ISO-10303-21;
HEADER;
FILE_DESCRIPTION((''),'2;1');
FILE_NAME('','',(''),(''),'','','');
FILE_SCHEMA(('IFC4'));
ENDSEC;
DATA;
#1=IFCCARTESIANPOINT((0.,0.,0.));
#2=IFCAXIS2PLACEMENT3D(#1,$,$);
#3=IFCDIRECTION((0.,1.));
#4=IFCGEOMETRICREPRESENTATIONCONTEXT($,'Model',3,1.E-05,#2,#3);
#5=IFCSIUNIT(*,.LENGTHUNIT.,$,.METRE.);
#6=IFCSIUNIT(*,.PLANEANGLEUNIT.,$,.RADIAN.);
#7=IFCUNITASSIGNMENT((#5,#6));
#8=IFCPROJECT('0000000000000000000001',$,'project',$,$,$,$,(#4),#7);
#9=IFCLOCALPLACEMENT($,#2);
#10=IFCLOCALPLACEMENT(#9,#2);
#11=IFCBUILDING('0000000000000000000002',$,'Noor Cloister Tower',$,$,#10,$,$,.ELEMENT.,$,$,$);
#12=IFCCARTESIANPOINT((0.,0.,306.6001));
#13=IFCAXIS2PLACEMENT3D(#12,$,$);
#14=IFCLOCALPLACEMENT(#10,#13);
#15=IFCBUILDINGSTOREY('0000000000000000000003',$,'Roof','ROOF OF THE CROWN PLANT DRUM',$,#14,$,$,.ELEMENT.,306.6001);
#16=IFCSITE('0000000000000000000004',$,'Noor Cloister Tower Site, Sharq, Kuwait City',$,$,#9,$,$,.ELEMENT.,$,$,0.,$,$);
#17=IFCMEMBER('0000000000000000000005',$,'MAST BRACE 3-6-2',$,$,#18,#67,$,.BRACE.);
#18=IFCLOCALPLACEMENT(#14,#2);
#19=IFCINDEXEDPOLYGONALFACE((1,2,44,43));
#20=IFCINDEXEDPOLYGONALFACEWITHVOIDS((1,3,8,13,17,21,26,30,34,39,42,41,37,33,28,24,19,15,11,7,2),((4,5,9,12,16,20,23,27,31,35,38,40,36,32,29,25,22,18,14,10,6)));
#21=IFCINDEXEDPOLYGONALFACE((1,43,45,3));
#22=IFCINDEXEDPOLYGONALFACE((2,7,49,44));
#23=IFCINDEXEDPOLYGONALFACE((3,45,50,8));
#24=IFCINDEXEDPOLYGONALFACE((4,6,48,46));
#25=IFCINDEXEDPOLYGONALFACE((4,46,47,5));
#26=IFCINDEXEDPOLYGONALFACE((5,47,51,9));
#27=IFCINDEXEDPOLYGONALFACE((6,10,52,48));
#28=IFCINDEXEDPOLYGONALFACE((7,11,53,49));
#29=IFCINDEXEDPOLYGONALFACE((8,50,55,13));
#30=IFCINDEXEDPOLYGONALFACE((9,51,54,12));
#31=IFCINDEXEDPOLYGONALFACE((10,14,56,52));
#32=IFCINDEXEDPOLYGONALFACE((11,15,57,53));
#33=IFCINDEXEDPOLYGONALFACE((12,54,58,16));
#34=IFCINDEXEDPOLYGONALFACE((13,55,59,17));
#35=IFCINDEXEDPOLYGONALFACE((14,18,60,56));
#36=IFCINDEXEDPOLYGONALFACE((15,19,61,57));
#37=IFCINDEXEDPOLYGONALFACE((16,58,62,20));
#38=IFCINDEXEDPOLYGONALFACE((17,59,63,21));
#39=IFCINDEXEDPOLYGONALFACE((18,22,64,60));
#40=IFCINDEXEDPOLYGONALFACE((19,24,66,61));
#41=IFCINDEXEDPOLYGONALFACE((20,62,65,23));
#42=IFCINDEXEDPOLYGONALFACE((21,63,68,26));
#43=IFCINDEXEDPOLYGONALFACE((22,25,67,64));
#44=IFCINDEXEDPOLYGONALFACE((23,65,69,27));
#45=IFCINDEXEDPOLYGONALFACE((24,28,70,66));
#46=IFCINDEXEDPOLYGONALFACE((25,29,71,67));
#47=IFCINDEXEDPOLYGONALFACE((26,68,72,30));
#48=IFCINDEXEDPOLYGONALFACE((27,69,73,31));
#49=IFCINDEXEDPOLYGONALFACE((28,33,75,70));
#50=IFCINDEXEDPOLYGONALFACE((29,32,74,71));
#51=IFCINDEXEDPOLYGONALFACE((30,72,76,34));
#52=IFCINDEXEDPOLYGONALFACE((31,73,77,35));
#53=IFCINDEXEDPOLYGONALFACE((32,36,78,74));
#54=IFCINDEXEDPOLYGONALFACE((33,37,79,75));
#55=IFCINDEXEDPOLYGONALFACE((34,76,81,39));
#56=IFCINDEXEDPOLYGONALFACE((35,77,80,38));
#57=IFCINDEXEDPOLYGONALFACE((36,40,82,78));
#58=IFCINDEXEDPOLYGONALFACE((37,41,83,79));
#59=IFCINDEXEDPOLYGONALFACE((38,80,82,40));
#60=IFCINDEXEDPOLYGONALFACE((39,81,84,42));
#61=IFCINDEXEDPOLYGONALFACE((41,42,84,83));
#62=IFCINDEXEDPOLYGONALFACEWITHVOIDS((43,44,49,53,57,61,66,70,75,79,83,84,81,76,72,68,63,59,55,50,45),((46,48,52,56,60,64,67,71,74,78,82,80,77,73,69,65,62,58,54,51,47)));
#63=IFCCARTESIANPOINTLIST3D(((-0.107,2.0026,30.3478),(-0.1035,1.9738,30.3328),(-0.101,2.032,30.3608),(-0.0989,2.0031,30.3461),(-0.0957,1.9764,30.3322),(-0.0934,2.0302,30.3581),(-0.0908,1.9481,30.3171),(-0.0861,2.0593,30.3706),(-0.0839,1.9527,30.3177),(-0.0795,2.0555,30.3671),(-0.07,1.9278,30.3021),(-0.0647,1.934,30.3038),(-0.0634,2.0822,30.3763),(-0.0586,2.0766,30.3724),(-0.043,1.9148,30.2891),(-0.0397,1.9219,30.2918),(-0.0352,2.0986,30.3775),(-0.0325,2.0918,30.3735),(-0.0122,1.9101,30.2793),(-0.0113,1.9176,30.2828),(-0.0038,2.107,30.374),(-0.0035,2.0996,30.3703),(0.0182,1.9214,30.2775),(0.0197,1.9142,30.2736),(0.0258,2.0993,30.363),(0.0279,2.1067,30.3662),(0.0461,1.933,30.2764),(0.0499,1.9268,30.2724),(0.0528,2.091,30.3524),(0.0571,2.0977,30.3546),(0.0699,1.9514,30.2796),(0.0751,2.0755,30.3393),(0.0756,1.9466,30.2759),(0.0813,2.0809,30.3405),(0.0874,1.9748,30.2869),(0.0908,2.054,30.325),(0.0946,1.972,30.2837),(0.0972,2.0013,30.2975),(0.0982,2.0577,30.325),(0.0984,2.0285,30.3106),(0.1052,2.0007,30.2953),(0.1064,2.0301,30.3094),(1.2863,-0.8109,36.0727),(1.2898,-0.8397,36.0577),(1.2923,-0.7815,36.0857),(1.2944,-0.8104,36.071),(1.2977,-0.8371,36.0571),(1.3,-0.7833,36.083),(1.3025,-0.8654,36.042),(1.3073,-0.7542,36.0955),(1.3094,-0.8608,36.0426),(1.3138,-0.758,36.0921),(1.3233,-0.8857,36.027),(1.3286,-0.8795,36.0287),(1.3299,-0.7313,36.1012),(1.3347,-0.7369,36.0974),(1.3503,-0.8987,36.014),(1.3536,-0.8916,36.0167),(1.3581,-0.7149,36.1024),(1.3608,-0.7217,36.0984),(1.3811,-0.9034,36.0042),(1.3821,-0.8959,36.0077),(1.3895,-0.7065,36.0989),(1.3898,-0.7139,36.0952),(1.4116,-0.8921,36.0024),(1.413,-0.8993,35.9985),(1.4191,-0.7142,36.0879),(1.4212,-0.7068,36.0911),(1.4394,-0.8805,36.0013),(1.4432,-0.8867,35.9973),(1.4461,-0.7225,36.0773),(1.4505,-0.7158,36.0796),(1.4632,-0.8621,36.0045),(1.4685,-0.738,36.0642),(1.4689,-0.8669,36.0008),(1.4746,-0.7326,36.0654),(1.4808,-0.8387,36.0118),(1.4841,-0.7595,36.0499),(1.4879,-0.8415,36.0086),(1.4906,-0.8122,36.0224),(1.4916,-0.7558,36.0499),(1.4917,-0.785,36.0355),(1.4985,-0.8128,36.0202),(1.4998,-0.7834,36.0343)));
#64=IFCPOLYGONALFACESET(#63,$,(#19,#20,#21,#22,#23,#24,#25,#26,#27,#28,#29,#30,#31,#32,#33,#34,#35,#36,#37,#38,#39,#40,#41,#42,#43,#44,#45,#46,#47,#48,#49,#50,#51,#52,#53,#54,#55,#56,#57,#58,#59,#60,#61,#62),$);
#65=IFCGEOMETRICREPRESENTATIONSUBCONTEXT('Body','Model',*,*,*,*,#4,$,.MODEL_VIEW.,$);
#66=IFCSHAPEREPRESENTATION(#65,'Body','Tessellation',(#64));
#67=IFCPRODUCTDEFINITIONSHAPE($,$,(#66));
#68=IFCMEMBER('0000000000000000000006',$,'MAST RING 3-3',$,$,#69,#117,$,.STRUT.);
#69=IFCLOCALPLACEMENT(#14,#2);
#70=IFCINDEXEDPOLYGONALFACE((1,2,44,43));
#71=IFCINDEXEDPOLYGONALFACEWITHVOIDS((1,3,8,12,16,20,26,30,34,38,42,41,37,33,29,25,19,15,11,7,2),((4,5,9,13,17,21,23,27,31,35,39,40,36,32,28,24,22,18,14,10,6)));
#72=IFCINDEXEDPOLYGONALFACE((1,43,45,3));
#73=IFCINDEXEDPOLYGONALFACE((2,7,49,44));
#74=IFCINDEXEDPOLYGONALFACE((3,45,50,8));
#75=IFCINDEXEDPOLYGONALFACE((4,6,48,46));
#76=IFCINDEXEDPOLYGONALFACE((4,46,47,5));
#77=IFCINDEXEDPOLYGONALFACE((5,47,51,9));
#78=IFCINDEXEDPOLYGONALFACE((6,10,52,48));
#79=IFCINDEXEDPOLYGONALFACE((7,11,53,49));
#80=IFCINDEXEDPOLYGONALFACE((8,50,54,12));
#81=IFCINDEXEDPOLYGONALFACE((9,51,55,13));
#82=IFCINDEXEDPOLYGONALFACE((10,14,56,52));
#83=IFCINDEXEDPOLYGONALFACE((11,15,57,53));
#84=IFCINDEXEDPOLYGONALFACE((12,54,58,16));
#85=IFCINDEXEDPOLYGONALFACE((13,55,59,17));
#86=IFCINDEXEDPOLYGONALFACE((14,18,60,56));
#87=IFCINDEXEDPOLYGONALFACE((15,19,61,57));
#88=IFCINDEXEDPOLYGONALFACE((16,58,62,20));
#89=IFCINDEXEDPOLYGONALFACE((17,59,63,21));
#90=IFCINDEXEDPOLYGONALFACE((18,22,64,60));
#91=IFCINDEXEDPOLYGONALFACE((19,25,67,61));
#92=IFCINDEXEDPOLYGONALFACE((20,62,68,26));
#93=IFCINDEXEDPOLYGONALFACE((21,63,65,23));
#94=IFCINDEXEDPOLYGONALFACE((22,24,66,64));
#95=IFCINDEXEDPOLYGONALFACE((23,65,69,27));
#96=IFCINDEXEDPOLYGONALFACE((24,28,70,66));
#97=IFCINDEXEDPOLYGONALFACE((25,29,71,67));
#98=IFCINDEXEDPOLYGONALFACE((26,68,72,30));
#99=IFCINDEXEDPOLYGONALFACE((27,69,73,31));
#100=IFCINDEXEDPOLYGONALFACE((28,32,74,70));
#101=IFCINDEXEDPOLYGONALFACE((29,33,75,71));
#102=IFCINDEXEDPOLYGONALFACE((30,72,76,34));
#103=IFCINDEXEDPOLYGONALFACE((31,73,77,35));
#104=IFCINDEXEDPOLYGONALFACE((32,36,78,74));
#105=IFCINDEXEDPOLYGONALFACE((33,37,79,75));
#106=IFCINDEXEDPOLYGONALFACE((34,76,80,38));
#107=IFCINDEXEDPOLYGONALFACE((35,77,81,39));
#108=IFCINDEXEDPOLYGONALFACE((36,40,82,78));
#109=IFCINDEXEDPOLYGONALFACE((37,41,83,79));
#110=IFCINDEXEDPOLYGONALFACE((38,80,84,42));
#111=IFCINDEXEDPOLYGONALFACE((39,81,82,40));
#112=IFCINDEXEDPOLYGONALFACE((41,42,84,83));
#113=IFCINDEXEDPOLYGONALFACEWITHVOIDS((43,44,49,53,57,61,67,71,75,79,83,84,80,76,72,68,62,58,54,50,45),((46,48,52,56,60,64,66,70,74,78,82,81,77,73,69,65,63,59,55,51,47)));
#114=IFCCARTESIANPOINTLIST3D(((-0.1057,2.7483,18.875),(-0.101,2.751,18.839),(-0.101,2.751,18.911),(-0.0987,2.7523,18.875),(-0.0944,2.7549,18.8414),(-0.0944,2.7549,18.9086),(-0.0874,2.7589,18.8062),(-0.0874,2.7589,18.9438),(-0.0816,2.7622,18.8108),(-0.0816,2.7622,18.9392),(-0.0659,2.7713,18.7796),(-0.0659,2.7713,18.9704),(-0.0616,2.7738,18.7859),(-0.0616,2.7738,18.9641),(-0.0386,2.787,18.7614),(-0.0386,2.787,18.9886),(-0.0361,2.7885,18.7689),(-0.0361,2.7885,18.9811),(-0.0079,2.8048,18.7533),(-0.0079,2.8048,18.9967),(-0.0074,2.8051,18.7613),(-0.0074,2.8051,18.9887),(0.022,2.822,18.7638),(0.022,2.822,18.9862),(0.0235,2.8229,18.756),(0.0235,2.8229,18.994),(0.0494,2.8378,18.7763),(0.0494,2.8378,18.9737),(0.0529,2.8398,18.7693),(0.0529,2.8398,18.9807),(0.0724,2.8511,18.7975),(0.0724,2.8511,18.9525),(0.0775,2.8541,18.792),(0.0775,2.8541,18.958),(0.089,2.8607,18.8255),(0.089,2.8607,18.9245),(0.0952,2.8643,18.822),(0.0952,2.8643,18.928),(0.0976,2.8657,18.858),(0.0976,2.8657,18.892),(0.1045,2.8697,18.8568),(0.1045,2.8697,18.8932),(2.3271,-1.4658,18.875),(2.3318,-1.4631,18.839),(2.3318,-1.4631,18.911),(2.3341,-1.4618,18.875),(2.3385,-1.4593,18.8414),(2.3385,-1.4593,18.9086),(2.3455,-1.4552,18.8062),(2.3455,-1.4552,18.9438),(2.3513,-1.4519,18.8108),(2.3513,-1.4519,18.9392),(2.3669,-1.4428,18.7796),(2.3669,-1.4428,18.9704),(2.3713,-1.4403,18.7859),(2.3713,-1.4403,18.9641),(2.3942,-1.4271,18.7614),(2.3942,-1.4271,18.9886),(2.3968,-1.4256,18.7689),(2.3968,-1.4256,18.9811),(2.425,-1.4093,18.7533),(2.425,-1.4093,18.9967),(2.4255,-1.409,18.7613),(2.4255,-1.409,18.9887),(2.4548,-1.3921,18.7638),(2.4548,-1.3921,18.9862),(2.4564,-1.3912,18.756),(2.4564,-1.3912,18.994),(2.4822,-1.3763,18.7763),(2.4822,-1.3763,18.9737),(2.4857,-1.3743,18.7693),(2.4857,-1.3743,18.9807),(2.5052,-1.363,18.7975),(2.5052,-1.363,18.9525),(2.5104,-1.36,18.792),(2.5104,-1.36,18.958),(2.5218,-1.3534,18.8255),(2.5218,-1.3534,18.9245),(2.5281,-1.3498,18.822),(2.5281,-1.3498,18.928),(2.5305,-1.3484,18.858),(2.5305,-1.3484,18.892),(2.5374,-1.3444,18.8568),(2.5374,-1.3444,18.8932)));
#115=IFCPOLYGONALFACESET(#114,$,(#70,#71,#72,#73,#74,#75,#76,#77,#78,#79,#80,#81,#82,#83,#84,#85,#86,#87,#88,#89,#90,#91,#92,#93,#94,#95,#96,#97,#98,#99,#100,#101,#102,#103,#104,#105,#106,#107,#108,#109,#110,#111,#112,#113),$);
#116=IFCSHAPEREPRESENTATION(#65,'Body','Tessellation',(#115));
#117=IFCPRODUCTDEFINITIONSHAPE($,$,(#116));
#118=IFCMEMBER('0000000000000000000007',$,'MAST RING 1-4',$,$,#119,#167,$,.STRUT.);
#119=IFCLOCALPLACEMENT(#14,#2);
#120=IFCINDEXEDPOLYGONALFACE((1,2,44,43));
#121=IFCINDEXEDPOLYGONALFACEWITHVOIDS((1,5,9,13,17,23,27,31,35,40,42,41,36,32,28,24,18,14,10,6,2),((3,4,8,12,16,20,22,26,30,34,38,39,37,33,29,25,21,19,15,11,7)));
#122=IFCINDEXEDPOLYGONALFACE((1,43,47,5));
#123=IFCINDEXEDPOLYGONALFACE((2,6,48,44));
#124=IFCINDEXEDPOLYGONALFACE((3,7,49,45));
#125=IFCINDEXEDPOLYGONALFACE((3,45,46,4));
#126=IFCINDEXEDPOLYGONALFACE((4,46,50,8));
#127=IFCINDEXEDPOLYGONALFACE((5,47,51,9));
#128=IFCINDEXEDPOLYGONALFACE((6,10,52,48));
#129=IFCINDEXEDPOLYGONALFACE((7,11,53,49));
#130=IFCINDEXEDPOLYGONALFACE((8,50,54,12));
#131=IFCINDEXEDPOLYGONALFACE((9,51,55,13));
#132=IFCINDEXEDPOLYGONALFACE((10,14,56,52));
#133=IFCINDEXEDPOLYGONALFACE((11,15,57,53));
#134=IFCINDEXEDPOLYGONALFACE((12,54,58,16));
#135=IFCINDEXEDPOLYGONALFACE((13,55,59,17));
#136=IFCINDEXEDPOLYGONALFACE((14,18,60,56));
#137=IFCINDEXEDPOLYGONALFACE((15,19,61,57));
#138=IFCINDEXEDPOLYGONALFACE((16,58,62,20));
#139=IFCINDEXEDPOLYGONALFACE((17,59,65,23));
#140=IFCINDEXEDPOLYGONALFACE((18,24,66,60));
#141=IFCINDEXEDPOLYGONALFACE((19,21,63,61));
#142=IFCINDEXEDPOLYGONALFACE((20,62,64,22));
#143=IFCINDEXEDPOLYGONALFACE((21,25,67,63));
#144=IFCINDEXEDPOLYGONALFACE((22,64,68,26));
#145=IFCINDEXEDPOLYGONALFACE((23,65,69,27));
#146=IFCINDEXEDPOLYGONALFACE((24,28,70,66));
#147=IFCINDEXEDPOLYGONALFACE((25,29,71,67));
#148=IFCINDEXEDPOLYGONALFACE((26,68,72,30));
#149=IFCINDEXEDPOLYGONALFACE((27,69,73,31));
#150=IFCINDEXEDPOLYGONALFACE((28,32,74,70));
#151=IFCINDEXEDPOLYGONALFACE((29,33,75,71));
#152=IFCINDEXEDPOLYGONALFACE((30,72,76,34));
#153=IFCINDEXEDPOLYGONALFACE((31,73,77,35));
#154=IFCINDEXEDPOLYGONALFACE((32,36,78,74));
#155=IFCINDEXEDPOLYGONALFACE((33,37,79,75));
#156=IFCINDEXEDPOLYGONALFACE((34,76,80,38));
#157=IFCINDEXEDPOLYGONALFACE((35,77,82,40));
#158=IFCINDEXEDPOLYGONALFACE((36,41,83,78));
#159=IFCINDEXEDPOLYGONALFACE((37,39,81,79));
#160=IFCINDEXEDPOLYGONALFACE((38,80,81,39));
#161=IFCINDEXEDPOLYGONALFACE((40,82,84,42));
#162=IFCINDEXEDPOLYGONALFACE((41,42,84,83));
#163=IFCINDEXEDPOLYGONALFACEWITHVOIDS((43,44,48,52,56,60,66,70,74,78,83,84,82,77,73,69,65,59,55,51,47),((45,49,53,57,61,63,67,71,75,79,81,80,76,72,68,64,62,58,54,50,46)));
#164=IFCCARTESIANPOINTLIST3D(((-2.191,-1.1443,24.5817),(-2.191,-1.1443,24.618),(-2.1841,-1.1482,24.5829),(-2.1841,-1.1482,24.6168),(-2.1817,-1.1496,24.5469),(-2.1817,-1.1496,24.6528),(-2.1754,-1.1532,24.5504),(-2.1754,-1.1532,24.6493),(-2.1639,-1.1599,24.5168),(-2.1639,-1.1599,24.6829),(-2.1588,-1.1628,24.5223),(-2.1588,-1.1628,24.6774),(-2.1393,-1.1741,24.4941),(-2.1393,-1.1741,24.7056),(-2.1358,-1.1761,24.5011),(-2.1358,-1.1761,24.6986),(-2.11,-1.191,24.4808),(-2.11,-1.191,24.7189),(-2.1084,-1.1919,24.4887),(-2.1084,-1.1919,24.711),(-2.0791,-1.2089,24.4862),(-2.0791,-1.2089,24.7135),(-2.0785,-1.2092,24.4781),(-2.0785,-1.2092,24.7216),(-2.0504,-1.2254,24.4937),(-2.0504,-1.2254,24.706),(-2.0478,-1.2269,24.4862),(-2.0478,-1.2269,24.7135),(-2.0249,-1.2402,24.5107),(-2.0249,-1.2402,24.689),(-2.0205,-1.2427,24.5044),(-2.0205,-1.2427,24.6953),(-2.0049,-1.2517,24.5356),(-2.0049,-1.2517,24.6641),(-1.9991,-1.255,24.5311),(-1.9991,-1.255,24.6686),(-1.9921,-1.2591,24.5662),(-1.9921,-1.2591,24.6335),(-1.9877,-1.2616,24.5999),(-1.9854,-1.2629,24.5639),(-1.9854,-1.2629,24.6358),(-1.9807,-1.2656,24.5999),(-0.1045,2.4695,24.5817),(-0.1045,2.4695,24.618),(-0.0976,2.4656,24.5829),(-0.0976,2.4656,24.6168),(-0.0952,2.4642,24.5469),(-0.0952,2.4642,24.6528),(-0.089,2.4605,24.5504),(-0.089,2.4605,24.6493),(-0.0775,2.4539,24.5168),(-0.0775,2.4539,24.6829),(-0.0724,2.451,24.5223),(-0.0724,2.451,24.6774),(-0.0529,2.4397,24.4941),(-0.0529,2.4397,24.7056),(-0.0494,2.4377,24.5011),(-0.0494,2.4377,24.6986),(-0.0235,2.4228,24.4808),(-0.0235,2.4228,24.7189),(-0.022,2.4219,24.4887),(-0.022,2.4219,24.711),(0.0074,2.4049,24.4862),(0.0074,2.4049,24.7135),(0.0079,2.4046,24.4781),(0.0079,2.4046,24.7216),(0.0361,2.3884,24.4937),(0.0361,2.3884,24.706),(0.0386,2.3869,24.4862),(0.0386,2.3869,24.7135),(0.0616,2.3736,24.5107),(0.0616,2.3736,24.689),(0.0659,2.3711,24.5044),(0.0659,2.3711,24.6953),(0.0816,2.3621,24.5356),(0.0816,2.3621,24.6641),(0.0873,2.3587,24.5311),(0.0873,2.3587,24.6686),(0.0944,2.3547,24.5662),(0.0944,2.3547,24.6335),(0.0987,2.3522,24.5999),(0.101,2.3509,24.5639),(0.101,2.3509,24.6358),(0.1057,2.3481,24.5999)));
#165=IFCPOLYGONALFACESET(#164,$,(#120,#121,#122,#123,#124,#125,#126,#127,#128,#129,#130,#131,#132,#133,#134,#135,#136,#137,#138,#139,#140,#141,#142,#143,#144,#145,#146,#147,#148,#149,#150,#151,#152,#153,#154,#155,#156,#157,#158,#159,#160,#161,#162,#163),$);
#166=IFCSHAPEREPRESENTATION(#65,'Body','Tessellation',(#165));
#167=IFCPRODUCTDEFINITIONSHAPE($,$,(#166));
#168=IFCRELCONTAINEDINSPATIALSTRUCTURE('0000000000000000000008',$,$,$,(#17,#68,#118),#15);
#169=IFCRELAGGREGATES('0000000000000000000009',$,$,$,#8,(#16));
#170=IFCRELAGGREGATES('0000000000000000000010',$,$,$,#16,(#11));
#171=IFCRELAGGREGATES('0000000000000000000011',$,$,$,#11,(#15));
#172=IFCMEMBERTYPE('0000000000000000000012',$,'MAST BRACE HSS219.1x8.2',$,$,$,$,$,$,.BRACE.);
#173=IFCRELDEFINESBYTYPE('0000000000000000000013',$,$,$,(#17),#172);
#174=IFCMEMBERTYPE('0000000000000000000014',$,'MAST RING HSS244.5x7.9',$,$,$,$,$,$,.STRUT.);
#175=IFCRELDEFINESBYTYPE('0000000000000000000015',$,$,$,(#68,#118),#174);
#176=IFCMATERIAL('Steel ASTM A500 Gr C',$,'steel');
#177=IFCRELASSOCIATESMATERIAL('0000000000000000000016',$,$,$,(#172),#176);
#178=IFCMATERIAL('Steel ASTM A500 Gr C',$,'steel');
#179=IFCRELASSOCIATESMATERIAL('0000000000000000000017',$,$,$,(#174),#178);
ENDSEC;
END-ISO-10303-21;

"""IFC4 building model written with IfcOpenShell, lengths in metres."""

from ifc_helpers import new_model, si_unit, direction, frame, origin, origin_2d, place, context, subcontext, project, spatial, hollow_circle, extrude, material, material_profile, profile_set, type_object, element, save


model = new_model("IFC4")

# Units and contexts
model_context = context("Model", 3, precision=1e-05, world=origin(), true_north=direction((0.0, 1.0)))
body_context = subcontext(model_context, "Body", "Model", "MODEL_VIEW")
ifc_project = project(units=[si_unit("LENGTHUNIT", "METRE"), si_unit("PLANEANGLEUNIT", "RADIAN")], contexts=[model_context])

# Site, building, storey
site_placement = place(None, origin())
site = spatial("IfcSite", under=ifc_project, at=site_placement, Name="Noor Cloister Tower Site, Sharq, Kuwait City", CompositionType="ELEMENT", RefElevation=0.0)
building_placement = place(site_placement, origin())
building = spatial("IfcBuilding", under=site, at=building_placement, Name="Noor Cloister Tower", CompositionType="ELEMENT")
storey_placement = place(building_placement, frame((0.0, 0.0, 306.6001)))
storey = spatial("IfcBuildingStorey", under=building, at=storey_placement, Name="Roof", Description="ROOF OF THE CROWN PLANT DRUM", CompositionType="ELEMENT", Elevation=306.6001)

# Members
ifc_material_1 = material(Name="Steel ASTM A500 Gr C", Category="steel")
ifc_material_profile_1 = material_profile(ifc_material_1, hollow_circle(Radius=0.1096, WallThickness=0.0083, at=origin_2d()), Name="HSS219.1x8.2")
ifc_profile_set_1 = profile_set([ifc_material_profile_1], Name="Steel ASTM A500 Gr C")
member_type_1 = type_object("IfcMemberType", Name="MAST BRACE HSS219.1x8.2", PredefinedType="BRACE", material=ifc_profile_set_1)
member_1_placement = place(storey_placement, frame((0.0, 2.009, 30.325), z_axis=(0.213396, -0.430904, 0.876803), x_axis=(0.896131, 0.443789, 0.0)))
element("IfcMember", 1, at=member_1_placement, inside=storey, type_object=member_type_1, Name="MAST BRACE 3-6-2", PredefinedType="BRACE", context=body_context, shape_type="SweptSolid", body=[
    extrude(hollow_circle(Radius=0.1096, WallThickness=0.0083, at=origin_2d()), origin(), (0.0, 0.0, 1.0), 6.5293),
])
ifc_material_2 = material(Name="Steel ASTM A500 Gr C", Category="steel")
ifc_material_profile_2 = material_profile(ifc_material_2, hollow_circle(Radius=0.1221, WallThickness=0.0081, at=origin_2d()), Name="HSS244.5x7.9")
ifc_profile_set_2 = profile_set([ifc_material_profile_2], Name="Steel ASTM A500 Gr C")
member_type_2 = type_object("IfcMemberType", Name="MAST RING HSS244.5x7.9", PredefinedType="STRUT", material=ifc_profile_set_2)
member_2_placement = place(storey_placement, frame((2.4329, -1.4048, 18.875), z_axis=(-0.499976, 0.866039, 0.0), x_axis=(-0.866039, -0.499976, 0.0)))
element("IfcMember", 2, at=member_2_placement, inside=storey, type_object=member_type_2, Name="MAST RING 3-3", PredefinedType="STRUT", context=body_context, shape_type="SweptSolid", body=[
    extrude(hollow_circle(Radius=0.1221, WallThickness=0.0081, at=origin_2d()), origin(), (0.0, 0.0, 1.0), 4.866),
])
for number, where, z_axis, x_axis, name in (
    (3, (0.0, 2.4092, 24.5999), (-0.500003, -0.866024, 0.0), (0.866024, -0.500003, 0.0), "MAST RING 1-4"),
):
    element("IfcMember", number, at=place(storey_placement, frame(where, z_axis=z_axis, x_axis=x_axis)), inside=storey, type_object=member_type_2, Name=name, PredefinedType="STRUT", context=body_context, shape_type="SweptSolid", body=[
        extrude(hollow_circle(Radius=0.1221, WallThickness=0.0081, at=origin_2d()), origin(), (0.0, 0.0, 1.0), 4.1729),
    ])

save(model, "model.ifc")
